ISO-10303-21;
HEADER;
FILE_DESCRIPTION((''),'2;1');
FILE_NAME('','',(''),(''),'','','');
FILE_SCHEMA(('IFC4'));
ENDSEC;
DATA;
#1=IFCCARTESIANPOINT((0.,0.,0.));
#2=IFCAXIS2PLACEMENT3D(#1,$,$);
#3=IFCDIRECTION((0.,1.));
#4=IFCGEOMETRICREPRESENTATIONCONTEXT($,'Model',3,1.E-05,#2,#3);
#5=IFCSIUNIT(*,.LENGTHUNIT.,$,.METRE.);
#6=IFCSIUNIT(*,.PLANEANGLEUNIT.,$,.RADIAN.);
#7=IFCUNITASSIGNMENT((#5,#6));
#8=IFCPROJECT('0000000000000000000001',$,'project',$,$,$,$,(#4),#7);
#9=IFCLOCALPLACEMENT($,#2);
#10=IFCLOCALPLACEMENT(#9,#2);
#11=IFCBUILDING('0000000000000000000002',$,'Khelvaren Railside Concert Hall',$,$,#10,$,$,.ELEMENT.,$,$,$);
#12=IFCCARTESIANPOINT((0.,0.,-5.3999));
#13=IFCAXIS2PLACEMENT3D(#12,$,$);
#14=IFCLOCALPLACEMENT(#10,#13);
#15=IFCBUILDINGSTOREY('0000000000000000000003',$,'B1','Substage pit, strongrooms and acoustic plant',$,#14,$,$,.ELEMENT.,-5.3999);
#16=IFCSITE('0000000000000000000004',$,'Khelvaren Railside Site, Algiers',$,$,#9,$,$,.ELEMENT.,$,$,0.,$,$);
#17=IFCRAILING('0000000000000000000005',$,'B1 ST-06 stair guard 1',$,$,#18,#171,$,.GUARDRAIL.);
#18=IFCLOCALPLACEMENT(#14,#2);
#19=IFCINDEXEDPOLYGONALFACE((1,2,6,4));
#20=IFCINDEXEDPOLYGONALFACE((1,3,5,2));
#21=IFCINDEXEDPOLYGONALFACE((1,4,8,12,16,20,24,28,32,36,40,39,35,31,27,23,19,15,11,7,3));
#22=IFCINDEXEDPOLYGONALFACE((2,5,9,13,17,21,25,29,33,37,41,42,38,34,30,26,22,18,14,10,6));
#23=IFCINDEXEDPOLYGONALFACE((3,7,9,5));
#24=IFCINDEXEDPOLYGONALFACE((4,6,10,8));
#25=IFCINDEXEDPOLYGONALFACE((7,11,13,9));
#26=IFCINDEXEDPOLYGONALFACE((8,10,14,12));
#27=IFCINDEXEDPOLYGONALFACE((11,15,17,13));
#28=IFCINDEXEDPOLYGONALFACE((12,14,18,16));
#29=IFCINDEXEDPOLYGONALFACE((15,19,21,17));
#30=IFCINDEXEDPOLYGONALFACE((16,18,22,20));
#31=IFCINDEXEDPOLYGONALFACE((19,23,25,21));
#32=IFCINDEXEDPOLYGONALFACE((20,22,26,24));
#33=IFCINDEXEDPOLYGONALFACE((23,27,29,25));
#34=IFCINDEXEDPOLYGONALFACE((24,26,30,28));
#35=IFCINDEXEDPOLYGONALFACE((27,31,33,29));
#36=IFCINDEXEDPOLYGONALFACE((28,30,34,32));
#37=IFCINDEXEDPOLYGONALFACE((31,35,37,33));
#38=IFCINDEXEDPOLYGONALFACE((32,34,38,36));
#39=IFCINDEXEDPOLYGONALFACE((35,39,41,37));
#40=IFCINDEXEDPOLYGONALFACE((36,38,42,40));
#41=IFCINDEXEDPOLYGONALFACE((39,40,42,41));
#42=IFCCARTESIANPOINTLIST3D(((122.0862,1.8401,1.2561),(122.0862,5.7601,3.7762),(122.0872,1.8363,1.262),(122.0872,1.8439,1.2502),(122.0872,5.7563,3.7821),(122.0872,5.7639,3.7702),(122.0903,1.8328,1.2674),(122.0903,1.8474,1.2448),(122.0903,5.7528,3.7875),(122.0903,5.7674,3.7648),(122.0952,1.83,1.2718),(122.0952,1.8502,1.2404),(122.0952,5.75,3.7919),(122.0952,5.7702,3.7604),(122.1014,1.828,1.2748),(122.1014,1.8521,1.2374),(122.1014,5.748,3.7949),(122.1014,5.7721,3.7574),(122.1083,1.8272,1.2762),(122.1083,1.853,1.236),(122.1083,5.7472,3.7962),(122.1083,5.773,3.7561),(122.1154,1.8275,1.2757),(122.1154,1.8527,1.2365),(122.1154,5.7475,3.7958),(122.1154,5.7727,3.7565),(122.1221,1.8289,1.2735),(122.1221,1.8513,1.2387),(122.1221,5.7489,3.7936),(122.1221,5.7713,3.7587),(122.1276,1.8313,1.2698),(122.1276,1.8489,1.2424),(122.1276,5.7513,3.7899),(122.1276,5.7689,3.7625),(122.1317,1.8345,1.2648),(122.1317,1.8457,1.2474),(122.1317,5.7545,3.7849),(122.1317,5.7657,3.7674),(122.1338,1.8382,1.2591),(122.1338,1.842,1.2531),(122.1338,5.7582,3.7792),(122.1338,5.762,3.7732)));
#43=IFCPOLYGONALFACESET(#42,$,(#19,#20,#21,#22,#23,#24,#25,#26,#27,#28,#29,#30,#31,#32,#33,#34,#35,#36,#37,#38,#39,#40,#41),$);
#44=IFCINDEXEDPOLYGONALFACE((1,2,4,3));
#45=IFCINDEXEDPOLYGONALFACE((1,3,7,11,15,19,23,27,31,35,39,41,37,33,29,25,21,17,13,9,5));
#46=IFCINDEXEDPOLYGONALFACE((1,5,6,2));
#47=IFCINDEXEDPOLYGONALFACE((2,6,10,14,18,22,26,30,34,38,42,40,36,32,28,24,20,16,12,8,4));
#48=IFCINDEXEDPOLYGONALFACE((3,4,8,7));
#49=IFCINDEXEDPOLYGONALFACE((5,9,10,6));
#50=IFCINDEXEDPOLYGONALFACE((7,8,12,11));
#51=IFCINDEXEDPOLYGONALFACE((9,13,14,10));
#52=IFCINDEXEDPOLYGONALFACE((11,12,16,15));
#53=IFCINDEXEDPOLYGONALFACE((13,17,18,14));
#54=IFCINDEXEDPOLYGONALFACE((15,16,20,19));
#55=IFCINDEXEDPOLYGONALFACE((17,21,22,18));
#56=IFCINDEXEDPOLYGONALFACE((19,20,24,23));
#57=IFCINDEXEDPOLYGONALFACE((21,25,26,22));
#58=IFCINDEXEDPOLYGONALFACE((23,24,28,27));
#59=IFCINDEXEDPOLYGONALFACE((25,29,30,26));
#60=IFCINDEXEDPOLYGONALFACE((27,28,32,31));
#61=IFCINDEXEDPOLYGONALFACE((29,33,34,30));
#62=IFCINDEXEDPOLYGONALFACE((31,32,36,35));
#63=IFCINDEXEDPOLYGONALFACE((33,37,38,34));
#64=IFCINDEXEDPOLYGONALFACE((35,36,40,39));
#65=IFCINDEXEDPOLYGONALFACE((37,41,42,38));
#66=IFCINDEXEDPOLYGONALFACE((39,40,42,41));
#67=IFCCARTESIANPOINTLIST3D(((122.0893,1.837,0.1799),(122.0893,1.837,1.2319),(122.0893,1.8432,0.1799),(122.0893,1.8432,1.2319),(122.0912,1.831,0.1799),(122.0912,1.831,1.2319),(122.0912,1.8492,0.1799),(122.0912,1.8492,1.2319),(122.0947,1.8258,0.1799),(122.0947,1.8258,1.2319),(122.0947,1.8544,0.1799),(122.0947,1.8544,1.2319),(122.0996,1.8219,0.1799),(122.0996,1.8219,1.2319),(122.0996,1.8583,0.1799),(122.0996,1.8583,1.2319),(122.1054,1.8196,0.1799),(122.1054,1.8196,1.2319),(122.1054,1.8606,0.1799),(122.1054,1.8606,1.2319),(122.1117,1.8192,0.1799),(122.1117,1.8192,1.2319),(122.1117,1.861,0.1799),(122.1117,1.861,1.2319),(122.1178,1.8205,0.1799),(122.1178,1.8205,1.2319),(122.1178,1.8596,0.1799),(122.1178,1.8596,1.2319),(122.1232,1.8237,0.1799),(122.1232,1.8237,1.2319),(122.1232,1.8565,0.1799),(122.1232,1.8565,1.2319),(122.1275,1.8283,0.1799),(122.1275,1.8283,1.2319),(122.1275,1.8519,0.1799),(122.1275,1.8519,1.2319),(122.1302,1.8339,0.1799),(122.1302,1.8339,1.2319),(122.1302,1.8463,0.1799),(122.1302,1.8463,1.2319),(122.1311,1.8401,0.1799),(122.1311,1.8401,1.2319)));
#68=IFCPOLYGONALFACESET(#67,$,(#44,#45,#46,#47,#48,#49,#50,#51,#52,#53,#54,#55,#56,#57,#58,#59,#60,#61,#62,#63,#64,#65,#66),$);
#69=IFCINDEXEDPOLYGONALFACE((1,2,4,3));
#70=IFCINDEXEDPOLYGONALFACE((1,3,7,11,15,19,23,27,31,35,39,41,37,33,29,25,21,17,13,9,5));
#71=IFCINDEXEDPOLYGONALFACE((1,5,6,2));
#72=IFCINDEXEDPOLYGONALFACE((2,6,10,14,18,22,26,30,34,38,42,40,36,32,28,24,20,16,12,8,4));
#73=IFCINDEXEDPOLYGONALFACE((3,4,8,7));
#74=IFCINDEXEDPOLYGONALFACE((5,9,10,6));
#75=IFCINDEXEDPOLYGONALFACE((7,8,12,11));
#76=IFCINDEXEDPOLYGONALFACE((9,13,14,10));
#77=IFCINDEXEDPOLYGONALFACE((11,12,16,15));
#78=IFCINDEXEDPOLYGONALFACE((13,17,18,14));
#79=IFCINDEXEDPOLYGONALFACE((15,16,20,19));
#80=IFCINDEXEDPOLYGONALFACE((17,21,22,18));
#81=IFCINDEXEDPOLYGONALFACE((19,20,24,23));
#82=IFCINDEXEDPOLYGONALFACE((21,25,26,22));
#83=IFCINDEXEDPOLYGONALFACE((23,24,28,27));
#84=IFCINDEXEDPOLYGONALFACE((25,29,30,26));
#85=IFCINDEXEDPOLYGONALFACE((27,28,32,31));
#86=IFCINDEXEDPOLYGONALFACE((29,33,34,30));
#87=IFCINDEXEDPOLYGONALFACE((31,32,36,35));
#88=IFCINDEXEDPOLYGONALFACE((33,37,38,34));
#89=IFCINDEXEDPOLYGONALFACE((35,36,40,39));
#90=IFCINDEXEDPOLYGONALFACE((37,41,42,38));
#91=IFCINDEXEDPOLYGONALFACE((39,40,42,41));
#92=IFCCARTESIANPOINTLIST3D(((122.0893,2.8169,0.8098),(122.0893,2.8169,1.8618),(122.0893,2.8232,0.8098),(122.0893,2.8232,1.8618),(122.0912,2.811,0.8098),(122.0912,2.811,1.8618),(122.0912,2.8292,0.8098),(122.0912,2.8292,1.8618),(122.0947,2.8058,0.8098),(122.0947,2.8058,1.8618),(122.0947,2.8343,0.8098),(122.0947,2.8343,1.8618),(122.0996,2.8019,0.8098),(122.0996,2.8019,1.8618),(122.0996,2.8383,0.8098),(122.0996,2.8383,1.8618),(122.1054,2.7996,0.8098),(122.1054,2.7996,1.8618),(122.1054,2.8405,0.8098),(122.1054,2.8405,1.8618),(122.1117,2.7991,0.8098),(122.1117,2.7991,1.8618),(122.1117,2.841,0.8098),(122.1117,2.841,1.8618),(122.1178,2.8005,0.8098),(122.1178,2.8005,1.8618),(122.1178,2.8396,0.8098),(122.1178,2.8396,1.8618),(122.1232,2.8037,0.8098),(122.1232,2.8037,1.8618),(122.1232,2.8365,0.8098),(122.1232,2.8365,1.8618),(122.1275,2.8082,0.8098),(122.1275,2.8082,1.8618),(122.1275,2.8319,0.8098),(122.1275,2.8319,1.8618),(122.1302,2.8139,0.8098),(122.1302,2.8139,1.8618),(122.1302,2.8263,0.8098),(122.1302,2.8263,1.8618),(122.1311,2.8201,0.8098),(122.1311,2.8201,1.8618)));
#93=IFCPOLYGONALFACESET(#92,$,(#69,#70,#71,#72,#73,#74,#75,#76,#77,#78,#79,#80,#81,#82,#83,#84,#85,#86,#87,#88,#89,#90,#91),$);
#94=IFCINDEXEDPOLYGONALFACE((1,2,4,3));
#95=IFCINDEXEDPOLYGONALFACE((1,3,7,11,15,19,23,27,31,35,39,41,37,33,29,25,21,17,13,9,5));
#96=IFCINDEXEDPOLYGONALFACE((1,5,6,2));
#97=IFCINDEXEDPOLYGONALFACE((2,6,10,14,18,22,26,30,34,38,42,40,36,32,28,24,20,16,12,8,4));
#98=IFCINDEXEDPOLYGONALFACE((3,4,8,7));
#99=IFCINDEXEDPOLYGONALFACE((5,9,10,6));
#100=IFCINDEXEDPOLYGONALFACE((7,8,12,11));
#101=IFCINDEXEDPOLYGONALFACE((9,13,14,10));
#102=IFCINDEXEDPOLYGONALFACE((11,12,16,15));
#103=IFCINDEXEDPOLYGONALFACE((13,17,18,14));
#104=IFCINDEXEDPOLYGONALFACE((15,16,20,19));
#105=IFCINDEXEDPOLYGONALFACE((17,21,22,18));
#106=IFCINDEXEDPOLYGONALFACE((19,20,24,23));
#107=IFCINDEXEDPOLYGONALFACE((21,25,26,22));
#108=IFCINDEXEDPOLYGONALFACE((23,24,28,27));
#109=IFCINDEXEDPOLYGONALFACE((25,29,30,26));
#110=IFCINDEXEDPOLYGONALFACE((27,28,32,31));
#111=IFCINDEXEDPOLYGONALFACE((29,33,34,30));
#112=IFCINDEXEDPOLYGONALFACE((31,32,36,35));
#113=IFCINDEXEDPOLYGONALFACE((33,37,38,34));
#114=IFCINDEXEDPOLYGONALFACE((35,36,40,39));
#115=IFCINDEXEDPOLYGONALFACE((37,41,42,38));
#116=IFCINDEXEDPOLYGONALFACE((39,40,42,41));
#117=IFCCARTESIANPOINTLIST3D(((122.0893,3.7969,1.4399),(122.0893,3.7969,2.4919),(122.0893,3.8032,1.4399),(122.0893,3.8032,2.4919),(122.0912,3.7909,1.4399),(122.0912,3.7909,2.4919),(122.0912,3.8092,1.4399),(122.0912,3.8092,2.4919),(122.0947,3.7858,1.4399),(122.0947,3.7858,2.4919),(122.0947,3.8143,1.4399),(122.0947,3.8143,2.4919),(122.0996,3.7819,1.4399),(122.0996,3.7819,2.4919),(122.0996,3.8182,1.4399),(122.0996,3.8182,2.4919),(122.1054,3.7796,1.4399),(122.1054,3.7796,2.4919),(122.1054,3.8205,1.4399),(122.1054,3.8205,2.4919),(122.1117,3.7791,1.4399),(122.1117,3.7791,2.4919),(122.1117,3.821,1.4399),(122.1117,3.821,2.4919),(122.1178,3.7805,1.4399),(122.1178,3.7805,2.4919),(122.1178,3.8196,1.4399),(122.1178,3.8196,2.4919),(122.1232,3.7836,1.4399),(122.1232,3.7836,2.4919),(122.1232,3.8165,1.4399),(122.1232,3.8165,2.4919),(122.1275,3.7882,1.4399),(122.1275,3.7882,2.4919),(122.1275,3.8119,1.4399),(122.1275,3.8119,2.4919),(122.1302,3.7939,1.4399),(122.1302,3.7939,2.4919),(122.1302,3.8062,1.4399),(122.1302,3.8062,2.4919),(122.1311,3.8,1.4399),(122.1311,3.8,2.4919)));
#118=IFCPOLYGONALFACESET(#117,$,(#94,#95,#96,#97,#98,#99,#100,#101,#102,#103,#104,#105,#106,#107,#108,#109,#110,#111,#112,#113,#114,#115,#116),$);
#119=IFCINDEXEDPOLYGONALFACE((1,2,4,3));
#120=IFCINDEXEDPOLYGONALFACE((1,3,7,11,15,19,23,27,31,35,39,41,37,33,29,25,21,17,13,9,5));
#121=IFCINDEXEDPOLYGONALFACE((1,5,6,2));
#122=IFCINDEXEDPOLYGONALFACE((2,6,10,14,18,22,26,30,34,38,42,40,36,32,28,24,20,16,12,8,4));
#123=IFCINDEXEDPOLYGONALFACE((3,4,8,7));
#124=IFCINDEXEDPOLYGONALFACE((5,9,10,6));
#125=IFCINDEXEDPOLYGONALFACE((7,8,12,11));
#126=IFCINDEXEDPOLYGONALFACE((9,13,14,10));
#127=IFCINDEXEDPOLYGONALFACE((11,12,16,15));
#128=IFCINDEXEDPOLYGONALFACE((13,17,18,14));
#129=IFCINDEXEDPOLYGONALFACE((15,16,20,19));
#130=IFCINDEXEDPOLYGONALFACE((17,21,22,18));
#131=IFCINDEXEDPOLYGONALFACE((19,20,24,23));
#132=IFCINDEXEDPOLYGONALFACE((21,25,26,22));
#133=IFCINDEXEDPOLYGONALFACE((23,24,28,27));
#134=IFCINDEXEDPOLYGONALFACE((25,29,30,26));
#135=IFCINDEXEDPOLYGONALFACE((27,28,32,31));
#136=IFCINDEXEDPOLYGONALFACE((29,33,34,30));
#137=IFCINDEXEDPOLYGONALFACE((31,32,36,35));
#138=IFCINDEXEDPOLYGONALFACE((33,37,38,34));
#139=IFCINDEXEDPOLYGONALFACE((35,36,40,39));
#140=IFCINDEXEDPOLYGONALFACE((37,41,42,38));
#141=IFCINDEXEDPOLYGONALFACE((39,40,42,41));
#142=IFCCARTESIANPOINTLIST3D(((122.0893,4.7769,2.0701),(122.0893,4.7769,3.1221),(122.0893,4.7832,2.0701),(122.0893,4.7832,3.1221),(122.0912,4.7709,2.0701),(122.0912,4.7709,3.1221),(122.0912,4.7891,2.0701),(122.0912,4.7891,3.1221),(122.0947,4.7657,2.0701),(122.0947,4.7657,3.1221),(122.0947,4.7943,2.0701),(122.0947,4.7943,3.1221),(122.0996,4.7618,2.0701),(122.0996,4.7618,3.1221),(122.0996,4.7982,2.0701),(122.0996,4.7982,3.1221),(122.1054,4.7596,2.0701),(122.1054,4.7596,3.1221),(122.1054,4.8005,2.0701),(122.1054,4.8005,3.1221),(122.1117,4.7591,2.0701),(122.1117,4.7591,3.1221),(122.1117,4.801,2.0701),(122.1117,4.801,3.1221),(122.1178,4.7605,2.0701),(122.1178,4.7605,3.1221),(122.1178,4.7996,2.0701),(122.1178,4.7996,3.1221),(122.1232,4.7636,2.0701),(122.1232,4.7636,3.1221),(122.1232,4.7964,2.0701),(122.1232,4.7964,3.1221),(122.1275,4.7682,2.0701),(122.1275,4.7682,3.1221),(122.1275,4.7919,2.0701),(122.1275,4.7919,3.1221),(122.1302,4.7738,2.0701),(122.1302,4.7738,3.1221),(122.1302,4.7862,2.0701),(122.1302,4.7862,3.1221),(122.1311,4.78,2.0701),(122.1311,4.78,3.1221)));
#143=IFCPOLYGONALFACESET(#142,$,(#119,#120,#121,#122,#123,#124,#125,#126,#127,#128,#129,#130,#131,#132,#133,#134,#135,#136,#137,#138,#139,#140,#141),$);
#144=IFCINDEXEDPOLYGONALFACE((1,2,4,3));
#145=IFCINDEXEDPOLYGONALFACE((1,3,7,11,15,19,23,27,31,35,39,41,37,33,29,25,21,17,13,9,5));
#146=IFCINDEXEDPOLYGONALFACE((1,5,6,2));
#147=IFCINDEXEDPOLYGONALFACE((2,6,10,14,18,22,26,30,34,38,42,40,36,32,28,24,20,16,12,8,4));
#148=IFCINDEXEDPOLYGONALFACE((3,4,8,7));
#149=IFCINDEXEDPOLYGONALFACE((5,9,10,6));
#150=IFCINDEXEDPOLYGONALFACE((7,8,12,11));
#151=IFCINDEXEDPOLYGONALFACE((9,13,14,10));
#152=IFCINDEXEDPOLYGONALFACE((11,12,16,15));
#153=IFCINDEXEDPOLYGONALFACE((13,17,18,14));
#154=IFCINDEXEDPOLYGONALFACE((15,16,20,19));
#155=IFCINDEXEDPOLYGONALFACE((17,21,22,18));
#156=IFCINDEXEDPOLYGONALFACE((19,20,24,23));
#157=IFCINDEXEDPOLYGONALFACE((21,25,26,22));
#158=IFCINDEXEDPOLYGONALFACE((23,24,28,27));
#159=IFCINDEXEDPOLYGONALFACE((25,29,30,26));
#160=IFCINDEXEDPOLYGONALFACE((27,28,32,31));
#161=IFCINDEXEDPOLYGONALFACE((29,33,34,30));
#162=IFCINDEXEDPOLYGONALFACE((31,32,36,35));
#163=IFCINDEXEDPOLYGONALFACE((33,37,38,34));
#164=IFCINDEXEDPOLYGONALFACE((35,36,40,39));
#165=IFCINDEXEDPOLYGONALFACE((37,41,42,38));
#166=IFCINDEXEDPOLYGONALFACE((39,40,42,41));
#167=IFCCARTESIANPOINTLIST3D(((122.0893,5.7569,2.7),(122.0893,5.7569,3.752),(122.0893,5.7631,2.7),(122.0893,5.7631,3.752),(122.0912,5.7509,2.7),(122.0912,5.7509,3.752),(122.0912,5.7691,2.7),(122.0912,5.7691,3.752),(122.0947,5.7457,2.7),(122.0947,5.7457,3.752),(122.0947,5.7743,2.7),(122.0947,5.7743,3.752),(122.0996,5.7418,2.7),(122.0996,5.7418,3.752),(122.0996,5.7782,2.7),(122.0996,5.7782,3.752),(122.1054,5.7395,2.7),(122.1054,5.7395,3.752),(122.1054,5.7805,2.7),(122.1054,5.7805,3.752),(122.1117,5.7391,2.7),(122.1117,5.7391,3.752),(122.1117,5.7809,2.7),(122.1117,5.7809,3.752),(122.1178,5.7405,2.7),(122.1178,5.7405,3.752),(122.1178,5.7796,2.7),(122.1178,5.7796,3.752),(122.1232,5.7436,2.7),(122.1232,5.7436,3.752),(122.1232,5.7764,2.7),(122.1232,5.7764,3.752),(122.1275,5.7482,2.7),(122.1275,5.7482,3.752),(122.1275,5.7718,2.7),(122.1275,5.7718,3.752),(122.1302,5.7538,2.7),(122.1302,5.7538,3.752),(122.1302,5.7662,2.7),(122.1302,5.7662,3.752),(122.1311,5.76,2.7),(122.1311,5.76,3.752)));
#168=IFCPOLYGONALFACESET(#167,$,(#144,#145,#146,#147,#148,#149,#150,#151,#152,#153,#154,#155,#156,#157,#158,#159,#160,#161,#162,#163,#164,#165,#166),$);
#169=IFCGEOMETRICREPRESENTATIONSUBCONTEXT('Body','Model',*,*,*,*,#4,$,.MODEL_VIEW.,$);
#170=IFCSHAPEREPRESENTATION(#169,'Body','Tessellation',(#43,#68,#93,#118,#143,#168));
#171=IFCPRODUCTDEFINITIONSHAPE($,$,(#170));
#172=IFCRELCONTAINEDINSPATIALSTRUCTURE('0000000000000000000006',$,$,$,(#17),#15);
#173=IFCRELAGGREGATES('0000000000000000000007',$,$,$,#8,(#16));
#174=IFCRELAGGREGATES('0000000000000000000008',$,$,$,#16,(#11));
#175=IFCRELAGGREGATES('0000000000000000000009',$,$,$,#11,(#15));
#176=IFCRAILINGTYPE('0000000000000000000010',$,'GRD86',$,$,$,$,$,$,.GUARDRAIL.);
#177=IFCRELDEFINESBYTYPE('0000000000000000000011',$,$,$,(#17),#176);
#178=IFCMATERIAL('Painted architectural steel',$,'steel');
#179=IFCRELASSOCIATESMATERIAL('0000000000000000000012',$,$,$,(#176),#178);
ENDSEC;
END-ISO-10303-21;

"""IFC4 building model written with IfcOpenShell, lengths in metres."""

from ifc_helpers import new_model, si_unit, direction, frame, origin, origin_2d, place, context, subcontext, project, spatial, circle, extrude, material, type_object, element, save


model = new_model("IFC4")

# Units and contexts
model_context = context("Model", 3, precision=1e-05, world=origin(), true_north=direction((0.0, 1.0)))
body_context = subcontext(model_context, "Body", "Model", "MODEL_VIEW")
ifc_project = project(units=[si_unit("LENGTHUNIT", "METRE"), si_unit("PLANEANGLEUNIT", "RADIAN")], contexts=[model_context])

# Site, building, storey
site_placement = place(None, origin())
site = spatial("IfcSite", under=ifc_project, at=site_placement, Name="Khelvaren Railside Site, Algiers", CompositionType="ELEMENT", RefElevation=0.0)
building_placement = place(site_placement, origin())
building = spatial("IfcBuilding", under=site, at=building_placement, Name="Khelvaren Railside Concert Hall", CompositionType="ELEMENT")
storey_placement = place(building_placement, frame((0.0, 0.0, -5.3999)))
storey = spatial("IfcBuildingStorey", under=building, at=storey_placement, Name="B1", Description="Substage pit, strongrooms and acoustic plant", CompositionType="ELEMENT", Elevation=-5.3999)

# Railing
ifc_material_1 = material(Name="Painted architectural steel", Category="steel")
railing_type_1 = type_object("IfcRailingType", Name="GRD86", PredefinedType="GUARDRAIL", material=ifc_material_1)
railing_1_placement = place(storey_placement, frame((122.1101, 1.8401, 0.1799)))
element("IfcRailing", 1, at=railing_1_placement, inside=storey, type_object=railing_type_1, Name="B1 ST-06 stair guard 1", PredefinedType="GUARDRAIL", context=body_context, shape_type="SweptSolid", body=[
    extrude(circle(Radius=0.0239, at=origin_2d()), frame((0.0, 0.0, 1.0762), z_axis=(0.0, 0.841172, 0.540768), x_axis=(-1.0, 0.0, 0.0)), (0.0, 0.0, 1.0), 4.6602),
    extrude(circle(Radius=0.021, at=origin_2d()), origin(), (0.0, 0.0, 1.0), 1.052),
    extrude(circle(Radius=0.021, at=origin_2d()), frame((0.0, 0.98, 0.6299)), (0.0, 0.0, 1.0), 1.052),
    extrude(circle(Radius=0.021, at=origin_2d()), frame((0.0, 1.96, 1.26)), (0.0, 0.0, 1.0), 1.052),
    extrude(circle(Radius=0.021, at=origin_2d()), frame((0.0, 2.9399, 1.8901)), (0.0, 0.0, 1.0), 1.052),
    extrude(circle(Radius=0.021, at=origin_2d()), frame((0.0, 3.9199, 2.52)), (0.0, 0.0, 1.0), 1.052),
])

save(model, "model.ifc")
